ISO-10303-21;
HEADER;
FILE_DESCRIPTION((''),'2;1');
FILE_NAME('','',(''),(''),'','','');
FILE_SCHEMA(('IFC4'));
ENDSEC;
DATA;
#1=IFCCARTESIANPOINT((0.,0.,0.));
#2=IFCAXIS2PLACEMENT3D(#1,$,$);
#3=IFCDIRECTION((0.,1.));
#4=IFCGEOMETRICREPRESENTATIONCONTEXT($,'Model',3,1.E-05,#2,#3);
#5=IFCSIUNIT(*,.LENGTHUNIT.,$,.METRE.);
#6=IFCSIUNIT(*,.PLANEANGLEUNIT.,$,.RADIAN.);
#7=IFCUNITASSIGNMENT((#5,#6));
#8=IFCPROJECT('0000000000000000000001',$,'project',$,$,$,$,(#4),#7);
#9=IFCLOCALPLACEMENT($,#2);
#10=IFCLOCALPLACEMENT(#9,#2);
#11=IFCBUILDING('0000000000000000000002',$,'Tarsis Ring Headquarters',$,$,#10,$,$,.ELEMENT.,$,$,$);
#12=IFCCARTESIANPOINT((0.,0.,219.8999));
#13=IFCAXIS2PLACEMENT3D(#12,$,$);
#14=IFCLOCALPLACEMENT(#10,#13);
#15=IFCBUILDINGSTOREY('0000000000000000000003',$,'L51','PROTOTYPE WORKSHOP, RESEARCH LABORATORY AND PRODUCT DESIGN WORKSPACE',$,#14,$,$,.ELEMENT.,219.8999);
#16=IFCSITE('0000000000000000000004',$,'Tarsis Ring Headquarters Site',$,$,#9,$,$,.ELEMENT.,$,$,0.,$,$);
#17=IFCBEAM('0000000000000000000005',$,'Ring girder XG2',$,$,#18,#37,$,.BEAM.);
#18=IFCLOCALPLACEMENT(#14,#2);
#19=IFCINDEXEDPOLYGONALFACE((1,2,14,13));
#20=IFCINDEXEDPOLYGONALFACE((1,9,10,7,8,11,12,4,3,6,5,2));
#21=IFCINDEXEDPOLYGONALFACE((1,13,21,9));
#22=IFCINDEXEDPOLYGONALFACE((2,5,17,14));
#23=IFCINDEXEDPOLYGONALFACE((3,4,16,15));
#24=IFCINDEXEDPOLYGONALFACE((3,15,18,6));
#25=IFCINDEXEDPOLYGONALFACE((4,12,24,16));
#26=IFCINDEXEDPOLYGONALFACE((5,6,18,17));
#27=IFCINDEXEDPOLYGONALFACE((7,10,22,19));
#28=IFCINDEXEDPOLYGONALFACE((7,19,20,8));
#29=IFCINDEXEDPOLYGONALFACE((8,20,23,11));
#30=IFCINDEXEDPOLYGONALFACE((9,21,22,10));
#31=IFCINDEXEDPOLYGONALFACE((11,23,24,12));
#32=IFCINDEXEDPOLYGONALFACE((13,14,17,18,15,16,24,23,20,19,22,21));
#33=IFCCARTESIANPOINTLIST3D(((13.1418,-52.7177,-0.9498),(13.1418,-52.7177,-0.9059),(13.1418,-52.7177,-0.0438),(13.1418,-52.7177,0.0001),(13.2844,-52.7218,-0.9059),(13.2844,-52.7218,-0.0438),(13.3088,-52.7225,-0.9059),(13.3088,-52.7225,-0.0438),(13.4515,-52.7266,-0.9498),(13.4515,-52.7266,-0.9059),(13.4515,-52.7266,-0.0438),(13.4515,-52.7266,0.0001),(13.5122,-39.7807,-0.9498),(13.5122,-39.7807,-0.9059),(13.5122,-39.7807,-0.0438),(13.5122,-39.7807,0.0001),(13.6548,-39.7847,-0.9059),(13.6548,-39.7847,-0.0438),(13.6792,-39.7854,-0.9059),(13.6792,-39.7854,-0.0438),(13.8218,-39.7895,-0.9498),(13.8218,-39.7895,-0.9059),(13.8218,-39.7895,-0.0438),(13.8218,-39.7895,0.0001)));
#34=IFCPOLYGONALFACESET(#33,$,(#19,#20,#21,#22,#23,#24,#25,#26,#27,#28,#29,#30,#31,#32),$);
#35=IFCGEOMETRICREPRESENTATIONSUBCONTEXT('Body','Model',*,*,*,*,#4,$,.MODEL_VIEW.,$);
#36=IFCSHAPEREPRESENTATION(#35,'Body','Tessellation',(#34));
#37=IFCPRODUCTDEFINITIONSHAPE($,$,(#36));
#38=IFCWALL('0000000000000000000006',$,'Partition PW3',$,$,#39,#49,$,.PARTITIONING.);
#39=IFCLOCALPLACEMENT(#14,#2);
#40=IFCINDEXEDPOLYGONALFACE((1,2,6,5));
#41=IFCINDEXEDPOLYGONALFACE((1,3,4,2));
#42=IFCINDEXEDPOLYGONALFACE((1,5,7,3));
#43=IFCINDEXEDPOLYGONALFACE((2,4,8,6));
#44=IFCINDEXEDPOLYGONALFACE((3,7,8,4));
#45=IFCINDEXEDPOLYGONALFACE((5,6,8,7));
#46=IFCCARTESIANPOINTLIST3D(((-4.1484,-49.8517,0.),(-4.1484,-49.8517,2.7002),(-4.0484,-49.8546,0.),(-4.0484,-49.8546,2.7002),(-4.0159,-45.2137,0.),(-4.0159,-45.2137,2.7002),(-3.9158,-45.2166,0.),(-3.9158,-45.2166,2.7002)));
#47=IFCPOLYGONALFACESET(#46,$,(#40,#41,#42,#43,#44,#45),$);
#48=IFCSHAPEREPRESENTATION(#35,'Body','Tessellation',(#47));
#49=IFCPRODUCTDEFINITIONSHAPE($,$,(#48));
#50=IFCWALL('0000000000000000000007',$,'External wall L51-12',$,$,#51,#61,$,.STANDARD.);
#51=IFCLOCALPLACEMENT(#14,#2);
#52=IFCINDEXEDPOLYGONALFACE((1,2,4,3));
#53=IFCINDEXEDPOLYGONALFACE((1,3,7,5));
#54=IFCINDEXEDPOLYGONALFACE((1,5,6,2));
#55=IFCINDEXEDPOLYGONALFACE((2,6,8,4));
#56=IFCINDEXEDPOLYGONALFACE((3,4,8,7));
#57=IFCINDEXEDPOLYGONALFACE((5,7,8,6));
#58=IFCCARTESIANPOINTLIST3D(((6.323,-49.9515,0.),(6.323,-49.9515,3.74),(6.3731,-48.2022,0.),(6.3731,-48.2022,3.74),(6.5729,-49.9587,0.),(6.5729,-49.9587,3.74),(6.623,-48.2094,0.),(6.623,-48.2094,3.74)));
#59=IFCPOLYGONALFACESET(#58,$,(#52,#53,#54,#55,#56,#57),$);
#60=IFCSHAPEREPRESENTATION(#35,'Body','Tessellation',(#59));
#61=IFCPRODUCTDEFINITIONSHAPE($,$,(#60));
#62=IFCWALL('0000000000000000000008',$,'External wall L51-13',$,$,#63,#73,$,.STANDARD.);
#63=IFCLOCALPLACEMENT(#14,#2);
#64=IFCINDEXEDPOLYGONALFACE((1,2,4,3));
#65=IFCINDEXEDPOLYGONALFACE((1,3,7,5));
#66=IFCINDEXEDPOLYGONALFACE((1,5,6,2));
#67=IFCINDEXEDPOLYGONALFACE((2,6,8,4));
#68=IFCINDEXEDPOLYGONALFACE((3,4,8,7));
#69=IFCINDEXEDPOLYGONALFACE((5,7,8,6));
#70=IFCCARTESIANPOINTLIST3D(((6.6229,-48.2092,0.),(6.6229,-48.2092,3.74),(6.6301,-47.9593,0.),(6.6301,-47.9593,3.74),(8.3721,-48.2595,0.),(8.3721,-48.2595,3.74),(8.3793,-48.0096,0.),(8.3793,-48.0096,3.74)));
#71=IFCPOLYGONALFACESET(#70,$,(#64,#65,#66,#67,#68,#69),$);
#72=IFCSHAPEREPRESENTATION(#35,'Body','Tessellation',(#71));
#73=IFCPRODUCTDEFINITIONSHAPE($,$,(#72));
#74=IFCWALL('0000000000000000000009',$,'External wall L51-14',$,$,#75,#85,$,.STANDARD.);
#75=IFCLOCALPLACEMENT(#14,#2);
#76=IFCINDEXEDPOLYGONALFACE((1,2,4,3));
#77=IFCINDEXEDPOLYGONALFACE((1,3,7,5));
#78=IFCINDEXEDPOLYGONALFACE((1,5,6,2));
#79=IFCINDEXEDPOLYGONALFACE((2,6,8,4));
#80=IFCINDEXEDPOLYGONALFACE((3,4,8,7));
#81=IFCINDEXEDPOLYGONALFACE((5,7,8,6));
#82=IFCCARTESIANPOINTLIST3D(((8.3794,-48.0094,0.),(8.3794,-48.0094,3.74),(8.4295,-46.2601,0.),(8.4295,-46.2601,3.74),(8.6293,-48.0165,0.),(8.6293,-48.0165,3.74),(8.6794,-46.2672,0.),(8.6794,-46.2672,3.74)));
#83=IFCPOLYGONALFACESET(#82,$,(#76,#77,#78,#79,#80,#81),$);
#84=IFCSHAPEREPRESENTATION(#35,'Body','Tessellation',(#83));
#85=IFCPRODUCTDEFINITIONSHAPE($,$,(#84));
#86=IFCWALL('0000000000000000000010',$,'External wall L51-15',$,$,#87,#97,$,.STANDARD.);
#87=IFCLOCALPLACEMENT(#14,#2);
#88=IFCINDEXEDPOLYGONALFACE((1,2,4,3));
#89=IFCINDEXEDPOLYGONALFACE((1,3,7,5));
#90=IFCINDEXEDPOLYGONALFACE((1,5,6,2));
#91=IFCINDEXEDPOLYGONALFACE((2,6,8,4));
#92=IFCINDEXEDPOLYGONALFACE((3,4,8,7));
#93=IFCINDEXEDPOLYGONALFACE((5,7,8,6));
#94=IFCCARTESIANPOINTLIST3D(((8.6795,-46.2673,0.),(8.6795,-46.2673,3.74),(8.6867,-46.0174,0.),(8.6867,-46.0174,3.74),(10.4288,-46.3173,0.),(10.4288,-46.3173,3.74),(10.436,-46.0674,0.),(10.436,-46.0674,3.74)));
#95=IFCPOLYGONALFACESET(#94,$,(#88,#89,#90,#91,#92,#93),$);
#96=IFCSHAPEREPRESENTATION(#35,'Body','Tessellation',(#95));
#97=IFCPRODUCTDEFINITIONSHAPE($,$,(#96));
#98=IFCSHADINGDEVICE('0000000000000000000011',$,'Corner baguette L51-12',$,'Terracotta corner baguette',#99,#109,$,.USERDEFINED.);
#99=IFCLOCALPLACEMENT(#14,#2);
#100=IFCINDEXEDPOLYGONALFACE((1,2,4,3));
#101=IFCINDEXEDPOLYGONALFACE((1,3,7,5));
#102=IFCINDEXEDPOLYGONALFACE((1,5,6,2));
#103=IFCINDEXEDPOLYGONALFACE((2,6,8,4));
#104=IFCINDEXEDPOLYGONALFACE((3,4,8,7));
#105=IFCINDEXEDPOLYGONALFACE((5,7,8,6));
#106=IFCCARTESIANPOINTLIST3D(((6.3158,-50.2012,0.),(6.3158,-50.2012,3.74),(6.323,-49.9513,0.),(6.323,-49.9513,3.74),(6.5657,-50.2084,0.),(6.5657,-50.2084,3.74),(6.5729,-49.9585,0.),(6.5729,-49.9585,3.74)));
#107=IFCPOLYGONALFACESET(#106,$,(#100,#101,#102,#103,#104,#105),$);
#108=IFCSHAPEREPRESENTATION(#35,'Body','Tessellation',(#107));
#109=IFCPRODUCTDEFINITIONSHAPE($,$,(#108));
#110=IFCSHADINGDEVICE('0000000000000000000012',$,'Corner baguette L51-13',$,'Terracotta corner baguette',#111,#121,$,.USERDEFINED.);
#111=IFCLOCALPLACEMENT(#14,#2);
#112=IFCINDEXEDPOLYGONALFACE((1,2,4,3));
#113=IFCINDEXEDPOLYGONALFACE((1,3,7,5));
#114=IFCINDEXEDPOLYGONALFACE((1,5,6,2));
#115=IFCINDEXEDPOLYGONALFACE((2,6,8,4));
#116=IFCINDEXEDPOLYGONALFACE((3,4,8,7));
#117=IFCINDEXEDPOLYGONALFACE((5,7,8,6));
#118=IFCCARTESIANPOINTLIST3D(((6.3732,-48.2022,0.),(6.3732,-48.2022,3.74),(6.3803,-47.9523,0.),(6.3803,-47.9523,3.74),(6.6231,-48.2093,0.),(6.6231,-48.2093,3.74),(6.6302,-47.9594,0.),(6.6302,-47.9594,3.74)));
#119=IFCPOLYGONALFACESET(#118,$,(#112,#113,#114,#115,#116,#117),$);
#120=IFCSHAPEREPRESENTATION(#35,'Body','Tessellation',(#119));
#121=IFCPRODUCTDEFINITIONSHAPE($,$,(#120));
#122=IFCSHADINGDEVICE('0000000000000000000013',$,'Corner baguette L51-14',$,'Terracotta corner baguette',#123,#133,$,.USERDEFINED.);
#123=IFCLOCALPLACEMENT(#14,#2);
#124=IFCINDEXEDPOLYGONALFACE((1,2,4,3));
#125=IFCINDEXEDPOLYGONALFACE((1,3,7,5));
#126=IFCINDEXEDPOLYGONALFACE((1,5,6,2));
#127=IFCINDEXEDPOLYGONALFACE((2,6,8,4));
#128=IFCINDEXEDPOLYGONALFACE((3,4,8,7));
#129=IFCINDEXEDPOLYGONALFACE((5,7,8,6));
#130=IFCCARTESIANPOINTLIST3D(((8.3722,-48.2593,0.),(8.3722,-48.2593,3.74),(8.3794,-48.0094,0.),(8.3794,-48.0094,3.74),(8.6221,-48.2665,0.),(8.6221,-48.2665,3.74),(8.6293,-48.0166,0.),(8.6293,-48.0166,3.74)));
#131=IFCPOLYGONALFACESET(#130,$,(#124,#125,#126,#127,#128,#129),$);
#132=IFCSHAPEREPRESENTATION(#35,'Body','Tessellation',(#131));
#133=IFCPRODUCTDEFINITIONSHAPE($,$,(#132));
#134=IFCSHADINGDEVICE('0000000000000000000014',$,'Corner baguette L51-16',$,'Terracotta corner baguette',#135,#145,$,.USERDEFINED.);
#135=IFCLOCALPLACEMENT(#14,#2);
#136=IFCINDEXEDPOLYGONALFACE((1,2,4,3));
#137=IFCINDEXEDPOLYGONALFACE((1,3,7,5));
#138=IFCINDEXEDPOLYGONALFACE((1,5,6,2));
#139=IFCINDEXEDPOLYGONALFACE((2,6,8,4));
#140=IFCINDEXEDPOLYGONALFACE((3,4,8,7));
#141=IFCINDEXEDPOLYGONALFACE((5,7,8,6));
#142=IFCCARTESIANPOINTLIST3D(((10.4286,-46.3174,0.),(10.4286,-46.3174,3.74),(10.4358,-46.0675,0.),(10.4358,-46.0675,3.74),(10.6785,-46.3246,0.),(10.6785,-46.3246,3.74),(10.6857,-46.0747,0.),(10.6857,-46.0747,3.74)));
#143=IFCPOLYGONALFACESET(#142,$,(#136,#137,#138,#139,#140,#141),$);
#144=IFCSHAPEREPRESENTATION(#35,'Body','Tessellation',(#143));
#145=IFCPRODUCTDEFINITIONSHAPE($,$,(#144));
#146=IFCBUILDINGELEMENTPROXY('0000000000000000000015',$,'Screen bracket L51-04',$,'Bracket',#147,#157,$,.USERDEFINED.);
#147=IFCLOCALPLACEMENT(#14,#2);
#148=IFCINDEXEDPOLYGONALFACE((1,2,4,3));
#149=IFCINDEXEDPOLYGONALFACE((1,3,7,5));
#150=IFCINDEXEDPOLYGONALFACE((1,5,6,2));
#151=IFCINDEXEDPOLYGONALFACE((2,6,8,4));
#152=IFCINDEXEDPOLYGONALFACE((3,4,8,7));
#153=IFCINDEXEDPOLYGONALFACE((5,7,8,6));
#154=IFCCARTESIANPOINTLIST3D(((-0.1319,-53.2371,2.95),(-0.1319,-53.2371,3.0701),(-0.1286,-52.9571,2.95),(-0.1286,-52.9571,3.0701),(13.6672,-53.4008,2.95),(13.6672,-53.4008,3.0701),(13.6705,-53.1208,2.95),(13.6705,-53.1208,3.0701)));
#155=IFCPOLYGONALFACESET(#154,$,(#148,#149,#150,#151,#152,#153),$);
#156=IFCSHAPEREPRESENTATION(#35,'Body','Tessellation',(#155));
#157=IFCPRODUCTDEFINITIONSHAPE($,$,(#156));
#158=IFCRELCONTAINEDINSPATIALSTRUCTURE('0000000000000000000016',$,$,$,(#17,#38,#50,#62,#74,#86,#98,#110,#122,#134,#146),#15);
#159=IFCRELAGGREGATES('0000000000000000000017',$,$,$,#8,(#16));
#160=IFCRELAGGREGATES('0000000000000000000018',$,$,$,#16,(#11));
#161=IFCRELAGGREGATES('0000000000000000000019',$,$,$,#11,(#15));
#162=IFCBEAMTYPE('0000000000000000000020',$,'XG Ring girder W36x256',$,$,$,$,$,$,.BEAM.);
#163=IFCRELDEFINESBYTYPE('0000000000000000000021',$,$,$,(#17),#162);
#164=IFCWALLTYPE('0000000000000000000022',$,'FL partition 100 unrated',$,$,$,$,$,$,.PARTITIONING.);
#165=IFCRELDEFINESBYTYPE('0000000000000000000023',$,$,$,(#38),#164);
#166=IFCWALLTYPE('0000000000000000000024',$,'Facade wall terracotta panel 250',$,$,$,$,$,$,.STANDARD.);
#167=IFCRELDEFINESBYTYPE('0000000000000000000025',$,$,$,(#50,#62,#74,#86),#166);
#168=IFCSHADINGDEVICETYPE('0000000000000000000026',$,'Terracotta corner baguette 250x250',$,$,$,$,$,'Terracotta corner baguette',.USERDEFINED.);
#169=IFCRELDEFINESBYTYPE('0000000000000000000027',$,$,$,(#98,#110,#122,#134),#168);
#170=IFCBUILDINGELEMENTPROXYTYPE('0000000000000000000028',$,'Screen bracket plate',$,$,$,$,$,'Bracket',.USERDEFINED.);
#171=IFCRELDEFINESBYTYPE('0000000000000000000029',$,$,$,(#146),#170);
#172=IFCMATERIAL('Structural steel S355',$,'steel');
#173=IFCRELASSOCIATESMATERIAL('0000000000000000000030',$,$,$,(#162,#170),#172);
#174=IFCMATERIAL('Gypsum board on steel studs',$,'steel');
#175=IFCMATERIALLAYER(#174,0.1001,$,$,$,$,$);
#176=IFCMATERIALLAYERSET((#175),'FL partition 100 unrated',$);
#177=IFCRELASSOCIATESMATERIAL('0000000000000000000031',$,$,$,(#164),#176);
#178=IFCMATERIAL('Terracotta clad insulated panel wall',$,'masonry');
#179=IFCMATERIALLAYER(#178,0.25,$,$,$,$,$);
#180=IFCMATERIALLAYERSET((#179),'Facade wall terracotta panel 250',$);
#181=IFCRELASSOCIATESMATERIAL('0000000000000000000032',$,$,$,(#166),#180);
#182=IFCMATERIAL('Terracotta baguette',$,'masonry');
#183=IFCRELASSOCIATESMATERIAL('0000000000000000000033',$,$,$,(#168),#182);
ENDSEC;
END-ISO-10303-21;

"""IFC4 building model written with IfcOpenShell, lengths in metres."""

from ifc_helpers import new_model, si_unit, direction, frame, frame_2d, origin, origin_2d, place, context, subcontext, project, spatial, rectangle, i_section, extrude, material, layer, layer_set, material_profile, profile_set, type_object, element, save


model = new_model("IFC4")

# Units and contexts
model_context = context("Model", 3, precision=1e-05, world=origin(), true_north=direction((0.0, 1.0)))
body_context = subcontext(model_context, "Body", "Model", "MODEL_VIEW")
ifc_project = project(units=[si_unit("LENGTHUNIT", "METRE"), si_unit("PLANEANGLEUNIT", "RADIAN")], contexts=[model_context])

# Site, building, storey
site_placement = place(None, origin())
site = spatial("IfcSite", under=ifc_project, at=site_placement, Name="Tarsis Ring Headquarters Site", CompositionType="ELEMENT", RefElevation=0.0)
building_placement = place(site_placement, origin())
building = spatial("IfcBuilding", under=site, at=building_placement, Name="Tarsis Ring Headquarters", CompositionType="ELEMENT")
storey_placement = place(building_placement, frame((0.0, 0.0, 219.8999)))
storey = spatial("IfcBuildingStorey", under=building, at=storey_placement, Name="L51", Description="PROTOTYPE WORKSHOP, RESEARCH LABORATORY AND PRODUCT DESIGN WORKSPACE", CompositionType="ELEMENT", Elevation=219.8999)

# Shared definitions
ifc_material_1 = material(Name="Structural steel S355", Category="steel")

# Beam
ifc_material_profile_1 = material_profile(ifc_material_1, i_section(OverallWidth=0.3098, OverallDepth=0.95, WebThickness=0.0244, FlangeThickness=0.0439, at=origin_2d()), Name="W36x256")
ifc_profile_set_1 = profile_set([ifc_material_profile_1], Name="Structural steel S355")
beam_type = type_object("IfcBeamType", Name="XG Ring girder W36x256", PredefinedType="BEAM", material=ifc_profile_set_1)
beam_1_placement = place(storey_placement, frame((13.2966, -52.7222, -0.4749), z_axis=(0.028616, 0.99959, 0.0), x_axis=(-0.99959, 0.028616, 0.0)))
element("IfcBeam", 1, at=beam_1_placement, inside=storey, type_object=beam_type, Name="Ring girder XG2", PredefinedType="BEAM", context=body_context, shape_type="SweptSolid", body=[
    extrude(i_section(OverallWidth=0.3098, OverallDepth=0.95, WebThickness=0.0244, FlangeThickness=0.0439, at=origin_2d()), origin(), (0.0, 0.0, 1.0), 12.9424),
])

# Walls
ifc_material_2 = material(Name="Gypsum board on steel studs", Category="steel")
ifc_layer_1 = layer(ifc_material_2, 0.1001)
ifc_layer_set_1 = layer_set([ifc_layer_1], Name="FL partition 100 unrated")
wall_type_1 = type_object("IfcWallType", Name="FL partition 100 unrated", PredefinedType="PARTITIONING", material=ifc_layer_set_1)
wall_placement = place(storey_placement, frame((-4.0984, -49.853, 0.0), z_axis=(0.0, 0.0, 1.0), x_axis=(0.028572, 0.999592, 0.0)))
element("IfcWall", 2, at=wall_placement, inside=storey, type_object=wall_type_1, Name="Partition PW3", PredefinedType="PARTITIONING", context=body_context, shape_type="SweptSolid", body=[
    extrude(rectangle(XDim=4.6399, YDim=0.1001, at=frame_2d((2.3198, 0.0))), origin(), (0.0, 0.0, 1.0), 2.7002),
])
ifc_material_3 = material(Name="Terracotta clad insulated panel wall", Category="masonry")
ifc_layer_2 = layer(ifc_material_3, 0.25)
ifc_layer_set_2 = layer_set([ifc_layer_2], Name="Facade wall terracotta panel 250")
wall_type_2 = type_object("IfcWallType", Name="Facade wall terracotta panel 250", PredefinedType="STANDARD", material=ifc_layer_set_2)
for number, where, z_axis, x_axis, name in (
    (3, (6.448, -49.9551, 0.0), (0.0, 0.0, 1.0), (0.0286, 0.999591, 0.0), "External wall L51-12"),
    (4, (6.6265, -48.0842, 0.0), (0.0, 0.0, 1.0), (0.999587, -0.028739, 0.0), "External wall L51-13"),
    (5, (8.5044, -48.0129, 0.0), (0.0, 0.0, 1.0), (0.0286, 0.999591, 0.0), "External wall L51-14"),
    (6, (8.6831, -46.1423, 0.0), (0.0, 0.0, 1.0), (0.999591, -0.0286, 0.0), "External wall L51-15"),
):
    element("IfcWall", number, at=place(storey_placement, frame(where, z_axis=z_axis, x_axis=x_axis)), inside=storey, type_object=wall_type_2, Name=name, PredefinedType="STANDARD", context=body_context, shape_type="SweptSolid", body=[
        extrude(rectangle(XDim=1.75, YDim=0.25, at=frame_2d((0.875, 0.0))), origin(), (0.0, 0.0, 1.0), 3.74),
    ])

# Shading devices
ifc_material_4 = material(Name="Terracotta baguette", Category="masonry")
shading_device_type_1 = type_object("IfcShadingDeviceType", Name="Terracotta corner baguette 250x250", ElementType="Terracotta corner baguette", PredefinedType="USERDEFINED", material=ifc_material_4)
for number, where, z_axis, x_axis, name in (
    (7, (6.4443, -50.0798, 0.0), (0.0, 0.0, 1.0), (0.99959, -0.028619, 0.0), "Corner baguette L51-12"),
    (8, (6.5017, -48.0808, 0.0), (0.0, 0.0, 1.0), (0.028619, 0.99959, 0.0), "Corner baguette L51-13"),
    (9, (8.5007, -48.1379, 0.0), (0.0, 0.0, 1.0), (0.99959, -0.028619, 0.0), "Corner baguette L51-14"),
    (10, (10.5571, -46.196, 0.0), (0.0, 0.0, 1.0), (0.99959, -0.028619, 0.0), "Corner baguette L51-16"),
):
    element("IfcShadingDevice", number, at=place(storey_placement, frame(where, z_axis=z_axis, x_axis=x_axis)), inside=storey, type_object=shading_device_type_1, Name=name, ObjectType="Terracotta corner baguette", PredefinedType="USERDEFINED", context=body_context, shape_type="SweptSolid", body=[
        extrude(rectangle(XDim=0.25, YDim=0.25, at=origin_2d()), origin(), (0.0, 0.0, 1.0), 3.74),
    ])

# Building element proxy
building_element_proxy_type = type_object("IfcBuildingElementProxyType", Name="Screen bracket plate", ElementType="Bracket", PredefinedType="USERDEFINED", material=ifc_material_1)
proxy_placement = place(storey_placement, frame((6.7693, -53.179, 2.95), z_axis=(0.0, 0.0, 1.0), x_axis=(0.99993, -0.011868, 0.0)))
element("IfcBuildingElementProxy", 11, at=proxy_placement, inside=storey, type_object=building_element_proxy_type, Name="Screen bracket L51-04", ObjectType="Bracket", PredefinedType="USERDEFINED", context=body_context, shape_type="SweptSolid", body=[
    extrude(rectangle(XDim=13.8, YDim=0.28, at=origin_2d()), origin(), (0.0, 0.0, 1.0), 0.1201),
])

save(model, "model.ifc")
